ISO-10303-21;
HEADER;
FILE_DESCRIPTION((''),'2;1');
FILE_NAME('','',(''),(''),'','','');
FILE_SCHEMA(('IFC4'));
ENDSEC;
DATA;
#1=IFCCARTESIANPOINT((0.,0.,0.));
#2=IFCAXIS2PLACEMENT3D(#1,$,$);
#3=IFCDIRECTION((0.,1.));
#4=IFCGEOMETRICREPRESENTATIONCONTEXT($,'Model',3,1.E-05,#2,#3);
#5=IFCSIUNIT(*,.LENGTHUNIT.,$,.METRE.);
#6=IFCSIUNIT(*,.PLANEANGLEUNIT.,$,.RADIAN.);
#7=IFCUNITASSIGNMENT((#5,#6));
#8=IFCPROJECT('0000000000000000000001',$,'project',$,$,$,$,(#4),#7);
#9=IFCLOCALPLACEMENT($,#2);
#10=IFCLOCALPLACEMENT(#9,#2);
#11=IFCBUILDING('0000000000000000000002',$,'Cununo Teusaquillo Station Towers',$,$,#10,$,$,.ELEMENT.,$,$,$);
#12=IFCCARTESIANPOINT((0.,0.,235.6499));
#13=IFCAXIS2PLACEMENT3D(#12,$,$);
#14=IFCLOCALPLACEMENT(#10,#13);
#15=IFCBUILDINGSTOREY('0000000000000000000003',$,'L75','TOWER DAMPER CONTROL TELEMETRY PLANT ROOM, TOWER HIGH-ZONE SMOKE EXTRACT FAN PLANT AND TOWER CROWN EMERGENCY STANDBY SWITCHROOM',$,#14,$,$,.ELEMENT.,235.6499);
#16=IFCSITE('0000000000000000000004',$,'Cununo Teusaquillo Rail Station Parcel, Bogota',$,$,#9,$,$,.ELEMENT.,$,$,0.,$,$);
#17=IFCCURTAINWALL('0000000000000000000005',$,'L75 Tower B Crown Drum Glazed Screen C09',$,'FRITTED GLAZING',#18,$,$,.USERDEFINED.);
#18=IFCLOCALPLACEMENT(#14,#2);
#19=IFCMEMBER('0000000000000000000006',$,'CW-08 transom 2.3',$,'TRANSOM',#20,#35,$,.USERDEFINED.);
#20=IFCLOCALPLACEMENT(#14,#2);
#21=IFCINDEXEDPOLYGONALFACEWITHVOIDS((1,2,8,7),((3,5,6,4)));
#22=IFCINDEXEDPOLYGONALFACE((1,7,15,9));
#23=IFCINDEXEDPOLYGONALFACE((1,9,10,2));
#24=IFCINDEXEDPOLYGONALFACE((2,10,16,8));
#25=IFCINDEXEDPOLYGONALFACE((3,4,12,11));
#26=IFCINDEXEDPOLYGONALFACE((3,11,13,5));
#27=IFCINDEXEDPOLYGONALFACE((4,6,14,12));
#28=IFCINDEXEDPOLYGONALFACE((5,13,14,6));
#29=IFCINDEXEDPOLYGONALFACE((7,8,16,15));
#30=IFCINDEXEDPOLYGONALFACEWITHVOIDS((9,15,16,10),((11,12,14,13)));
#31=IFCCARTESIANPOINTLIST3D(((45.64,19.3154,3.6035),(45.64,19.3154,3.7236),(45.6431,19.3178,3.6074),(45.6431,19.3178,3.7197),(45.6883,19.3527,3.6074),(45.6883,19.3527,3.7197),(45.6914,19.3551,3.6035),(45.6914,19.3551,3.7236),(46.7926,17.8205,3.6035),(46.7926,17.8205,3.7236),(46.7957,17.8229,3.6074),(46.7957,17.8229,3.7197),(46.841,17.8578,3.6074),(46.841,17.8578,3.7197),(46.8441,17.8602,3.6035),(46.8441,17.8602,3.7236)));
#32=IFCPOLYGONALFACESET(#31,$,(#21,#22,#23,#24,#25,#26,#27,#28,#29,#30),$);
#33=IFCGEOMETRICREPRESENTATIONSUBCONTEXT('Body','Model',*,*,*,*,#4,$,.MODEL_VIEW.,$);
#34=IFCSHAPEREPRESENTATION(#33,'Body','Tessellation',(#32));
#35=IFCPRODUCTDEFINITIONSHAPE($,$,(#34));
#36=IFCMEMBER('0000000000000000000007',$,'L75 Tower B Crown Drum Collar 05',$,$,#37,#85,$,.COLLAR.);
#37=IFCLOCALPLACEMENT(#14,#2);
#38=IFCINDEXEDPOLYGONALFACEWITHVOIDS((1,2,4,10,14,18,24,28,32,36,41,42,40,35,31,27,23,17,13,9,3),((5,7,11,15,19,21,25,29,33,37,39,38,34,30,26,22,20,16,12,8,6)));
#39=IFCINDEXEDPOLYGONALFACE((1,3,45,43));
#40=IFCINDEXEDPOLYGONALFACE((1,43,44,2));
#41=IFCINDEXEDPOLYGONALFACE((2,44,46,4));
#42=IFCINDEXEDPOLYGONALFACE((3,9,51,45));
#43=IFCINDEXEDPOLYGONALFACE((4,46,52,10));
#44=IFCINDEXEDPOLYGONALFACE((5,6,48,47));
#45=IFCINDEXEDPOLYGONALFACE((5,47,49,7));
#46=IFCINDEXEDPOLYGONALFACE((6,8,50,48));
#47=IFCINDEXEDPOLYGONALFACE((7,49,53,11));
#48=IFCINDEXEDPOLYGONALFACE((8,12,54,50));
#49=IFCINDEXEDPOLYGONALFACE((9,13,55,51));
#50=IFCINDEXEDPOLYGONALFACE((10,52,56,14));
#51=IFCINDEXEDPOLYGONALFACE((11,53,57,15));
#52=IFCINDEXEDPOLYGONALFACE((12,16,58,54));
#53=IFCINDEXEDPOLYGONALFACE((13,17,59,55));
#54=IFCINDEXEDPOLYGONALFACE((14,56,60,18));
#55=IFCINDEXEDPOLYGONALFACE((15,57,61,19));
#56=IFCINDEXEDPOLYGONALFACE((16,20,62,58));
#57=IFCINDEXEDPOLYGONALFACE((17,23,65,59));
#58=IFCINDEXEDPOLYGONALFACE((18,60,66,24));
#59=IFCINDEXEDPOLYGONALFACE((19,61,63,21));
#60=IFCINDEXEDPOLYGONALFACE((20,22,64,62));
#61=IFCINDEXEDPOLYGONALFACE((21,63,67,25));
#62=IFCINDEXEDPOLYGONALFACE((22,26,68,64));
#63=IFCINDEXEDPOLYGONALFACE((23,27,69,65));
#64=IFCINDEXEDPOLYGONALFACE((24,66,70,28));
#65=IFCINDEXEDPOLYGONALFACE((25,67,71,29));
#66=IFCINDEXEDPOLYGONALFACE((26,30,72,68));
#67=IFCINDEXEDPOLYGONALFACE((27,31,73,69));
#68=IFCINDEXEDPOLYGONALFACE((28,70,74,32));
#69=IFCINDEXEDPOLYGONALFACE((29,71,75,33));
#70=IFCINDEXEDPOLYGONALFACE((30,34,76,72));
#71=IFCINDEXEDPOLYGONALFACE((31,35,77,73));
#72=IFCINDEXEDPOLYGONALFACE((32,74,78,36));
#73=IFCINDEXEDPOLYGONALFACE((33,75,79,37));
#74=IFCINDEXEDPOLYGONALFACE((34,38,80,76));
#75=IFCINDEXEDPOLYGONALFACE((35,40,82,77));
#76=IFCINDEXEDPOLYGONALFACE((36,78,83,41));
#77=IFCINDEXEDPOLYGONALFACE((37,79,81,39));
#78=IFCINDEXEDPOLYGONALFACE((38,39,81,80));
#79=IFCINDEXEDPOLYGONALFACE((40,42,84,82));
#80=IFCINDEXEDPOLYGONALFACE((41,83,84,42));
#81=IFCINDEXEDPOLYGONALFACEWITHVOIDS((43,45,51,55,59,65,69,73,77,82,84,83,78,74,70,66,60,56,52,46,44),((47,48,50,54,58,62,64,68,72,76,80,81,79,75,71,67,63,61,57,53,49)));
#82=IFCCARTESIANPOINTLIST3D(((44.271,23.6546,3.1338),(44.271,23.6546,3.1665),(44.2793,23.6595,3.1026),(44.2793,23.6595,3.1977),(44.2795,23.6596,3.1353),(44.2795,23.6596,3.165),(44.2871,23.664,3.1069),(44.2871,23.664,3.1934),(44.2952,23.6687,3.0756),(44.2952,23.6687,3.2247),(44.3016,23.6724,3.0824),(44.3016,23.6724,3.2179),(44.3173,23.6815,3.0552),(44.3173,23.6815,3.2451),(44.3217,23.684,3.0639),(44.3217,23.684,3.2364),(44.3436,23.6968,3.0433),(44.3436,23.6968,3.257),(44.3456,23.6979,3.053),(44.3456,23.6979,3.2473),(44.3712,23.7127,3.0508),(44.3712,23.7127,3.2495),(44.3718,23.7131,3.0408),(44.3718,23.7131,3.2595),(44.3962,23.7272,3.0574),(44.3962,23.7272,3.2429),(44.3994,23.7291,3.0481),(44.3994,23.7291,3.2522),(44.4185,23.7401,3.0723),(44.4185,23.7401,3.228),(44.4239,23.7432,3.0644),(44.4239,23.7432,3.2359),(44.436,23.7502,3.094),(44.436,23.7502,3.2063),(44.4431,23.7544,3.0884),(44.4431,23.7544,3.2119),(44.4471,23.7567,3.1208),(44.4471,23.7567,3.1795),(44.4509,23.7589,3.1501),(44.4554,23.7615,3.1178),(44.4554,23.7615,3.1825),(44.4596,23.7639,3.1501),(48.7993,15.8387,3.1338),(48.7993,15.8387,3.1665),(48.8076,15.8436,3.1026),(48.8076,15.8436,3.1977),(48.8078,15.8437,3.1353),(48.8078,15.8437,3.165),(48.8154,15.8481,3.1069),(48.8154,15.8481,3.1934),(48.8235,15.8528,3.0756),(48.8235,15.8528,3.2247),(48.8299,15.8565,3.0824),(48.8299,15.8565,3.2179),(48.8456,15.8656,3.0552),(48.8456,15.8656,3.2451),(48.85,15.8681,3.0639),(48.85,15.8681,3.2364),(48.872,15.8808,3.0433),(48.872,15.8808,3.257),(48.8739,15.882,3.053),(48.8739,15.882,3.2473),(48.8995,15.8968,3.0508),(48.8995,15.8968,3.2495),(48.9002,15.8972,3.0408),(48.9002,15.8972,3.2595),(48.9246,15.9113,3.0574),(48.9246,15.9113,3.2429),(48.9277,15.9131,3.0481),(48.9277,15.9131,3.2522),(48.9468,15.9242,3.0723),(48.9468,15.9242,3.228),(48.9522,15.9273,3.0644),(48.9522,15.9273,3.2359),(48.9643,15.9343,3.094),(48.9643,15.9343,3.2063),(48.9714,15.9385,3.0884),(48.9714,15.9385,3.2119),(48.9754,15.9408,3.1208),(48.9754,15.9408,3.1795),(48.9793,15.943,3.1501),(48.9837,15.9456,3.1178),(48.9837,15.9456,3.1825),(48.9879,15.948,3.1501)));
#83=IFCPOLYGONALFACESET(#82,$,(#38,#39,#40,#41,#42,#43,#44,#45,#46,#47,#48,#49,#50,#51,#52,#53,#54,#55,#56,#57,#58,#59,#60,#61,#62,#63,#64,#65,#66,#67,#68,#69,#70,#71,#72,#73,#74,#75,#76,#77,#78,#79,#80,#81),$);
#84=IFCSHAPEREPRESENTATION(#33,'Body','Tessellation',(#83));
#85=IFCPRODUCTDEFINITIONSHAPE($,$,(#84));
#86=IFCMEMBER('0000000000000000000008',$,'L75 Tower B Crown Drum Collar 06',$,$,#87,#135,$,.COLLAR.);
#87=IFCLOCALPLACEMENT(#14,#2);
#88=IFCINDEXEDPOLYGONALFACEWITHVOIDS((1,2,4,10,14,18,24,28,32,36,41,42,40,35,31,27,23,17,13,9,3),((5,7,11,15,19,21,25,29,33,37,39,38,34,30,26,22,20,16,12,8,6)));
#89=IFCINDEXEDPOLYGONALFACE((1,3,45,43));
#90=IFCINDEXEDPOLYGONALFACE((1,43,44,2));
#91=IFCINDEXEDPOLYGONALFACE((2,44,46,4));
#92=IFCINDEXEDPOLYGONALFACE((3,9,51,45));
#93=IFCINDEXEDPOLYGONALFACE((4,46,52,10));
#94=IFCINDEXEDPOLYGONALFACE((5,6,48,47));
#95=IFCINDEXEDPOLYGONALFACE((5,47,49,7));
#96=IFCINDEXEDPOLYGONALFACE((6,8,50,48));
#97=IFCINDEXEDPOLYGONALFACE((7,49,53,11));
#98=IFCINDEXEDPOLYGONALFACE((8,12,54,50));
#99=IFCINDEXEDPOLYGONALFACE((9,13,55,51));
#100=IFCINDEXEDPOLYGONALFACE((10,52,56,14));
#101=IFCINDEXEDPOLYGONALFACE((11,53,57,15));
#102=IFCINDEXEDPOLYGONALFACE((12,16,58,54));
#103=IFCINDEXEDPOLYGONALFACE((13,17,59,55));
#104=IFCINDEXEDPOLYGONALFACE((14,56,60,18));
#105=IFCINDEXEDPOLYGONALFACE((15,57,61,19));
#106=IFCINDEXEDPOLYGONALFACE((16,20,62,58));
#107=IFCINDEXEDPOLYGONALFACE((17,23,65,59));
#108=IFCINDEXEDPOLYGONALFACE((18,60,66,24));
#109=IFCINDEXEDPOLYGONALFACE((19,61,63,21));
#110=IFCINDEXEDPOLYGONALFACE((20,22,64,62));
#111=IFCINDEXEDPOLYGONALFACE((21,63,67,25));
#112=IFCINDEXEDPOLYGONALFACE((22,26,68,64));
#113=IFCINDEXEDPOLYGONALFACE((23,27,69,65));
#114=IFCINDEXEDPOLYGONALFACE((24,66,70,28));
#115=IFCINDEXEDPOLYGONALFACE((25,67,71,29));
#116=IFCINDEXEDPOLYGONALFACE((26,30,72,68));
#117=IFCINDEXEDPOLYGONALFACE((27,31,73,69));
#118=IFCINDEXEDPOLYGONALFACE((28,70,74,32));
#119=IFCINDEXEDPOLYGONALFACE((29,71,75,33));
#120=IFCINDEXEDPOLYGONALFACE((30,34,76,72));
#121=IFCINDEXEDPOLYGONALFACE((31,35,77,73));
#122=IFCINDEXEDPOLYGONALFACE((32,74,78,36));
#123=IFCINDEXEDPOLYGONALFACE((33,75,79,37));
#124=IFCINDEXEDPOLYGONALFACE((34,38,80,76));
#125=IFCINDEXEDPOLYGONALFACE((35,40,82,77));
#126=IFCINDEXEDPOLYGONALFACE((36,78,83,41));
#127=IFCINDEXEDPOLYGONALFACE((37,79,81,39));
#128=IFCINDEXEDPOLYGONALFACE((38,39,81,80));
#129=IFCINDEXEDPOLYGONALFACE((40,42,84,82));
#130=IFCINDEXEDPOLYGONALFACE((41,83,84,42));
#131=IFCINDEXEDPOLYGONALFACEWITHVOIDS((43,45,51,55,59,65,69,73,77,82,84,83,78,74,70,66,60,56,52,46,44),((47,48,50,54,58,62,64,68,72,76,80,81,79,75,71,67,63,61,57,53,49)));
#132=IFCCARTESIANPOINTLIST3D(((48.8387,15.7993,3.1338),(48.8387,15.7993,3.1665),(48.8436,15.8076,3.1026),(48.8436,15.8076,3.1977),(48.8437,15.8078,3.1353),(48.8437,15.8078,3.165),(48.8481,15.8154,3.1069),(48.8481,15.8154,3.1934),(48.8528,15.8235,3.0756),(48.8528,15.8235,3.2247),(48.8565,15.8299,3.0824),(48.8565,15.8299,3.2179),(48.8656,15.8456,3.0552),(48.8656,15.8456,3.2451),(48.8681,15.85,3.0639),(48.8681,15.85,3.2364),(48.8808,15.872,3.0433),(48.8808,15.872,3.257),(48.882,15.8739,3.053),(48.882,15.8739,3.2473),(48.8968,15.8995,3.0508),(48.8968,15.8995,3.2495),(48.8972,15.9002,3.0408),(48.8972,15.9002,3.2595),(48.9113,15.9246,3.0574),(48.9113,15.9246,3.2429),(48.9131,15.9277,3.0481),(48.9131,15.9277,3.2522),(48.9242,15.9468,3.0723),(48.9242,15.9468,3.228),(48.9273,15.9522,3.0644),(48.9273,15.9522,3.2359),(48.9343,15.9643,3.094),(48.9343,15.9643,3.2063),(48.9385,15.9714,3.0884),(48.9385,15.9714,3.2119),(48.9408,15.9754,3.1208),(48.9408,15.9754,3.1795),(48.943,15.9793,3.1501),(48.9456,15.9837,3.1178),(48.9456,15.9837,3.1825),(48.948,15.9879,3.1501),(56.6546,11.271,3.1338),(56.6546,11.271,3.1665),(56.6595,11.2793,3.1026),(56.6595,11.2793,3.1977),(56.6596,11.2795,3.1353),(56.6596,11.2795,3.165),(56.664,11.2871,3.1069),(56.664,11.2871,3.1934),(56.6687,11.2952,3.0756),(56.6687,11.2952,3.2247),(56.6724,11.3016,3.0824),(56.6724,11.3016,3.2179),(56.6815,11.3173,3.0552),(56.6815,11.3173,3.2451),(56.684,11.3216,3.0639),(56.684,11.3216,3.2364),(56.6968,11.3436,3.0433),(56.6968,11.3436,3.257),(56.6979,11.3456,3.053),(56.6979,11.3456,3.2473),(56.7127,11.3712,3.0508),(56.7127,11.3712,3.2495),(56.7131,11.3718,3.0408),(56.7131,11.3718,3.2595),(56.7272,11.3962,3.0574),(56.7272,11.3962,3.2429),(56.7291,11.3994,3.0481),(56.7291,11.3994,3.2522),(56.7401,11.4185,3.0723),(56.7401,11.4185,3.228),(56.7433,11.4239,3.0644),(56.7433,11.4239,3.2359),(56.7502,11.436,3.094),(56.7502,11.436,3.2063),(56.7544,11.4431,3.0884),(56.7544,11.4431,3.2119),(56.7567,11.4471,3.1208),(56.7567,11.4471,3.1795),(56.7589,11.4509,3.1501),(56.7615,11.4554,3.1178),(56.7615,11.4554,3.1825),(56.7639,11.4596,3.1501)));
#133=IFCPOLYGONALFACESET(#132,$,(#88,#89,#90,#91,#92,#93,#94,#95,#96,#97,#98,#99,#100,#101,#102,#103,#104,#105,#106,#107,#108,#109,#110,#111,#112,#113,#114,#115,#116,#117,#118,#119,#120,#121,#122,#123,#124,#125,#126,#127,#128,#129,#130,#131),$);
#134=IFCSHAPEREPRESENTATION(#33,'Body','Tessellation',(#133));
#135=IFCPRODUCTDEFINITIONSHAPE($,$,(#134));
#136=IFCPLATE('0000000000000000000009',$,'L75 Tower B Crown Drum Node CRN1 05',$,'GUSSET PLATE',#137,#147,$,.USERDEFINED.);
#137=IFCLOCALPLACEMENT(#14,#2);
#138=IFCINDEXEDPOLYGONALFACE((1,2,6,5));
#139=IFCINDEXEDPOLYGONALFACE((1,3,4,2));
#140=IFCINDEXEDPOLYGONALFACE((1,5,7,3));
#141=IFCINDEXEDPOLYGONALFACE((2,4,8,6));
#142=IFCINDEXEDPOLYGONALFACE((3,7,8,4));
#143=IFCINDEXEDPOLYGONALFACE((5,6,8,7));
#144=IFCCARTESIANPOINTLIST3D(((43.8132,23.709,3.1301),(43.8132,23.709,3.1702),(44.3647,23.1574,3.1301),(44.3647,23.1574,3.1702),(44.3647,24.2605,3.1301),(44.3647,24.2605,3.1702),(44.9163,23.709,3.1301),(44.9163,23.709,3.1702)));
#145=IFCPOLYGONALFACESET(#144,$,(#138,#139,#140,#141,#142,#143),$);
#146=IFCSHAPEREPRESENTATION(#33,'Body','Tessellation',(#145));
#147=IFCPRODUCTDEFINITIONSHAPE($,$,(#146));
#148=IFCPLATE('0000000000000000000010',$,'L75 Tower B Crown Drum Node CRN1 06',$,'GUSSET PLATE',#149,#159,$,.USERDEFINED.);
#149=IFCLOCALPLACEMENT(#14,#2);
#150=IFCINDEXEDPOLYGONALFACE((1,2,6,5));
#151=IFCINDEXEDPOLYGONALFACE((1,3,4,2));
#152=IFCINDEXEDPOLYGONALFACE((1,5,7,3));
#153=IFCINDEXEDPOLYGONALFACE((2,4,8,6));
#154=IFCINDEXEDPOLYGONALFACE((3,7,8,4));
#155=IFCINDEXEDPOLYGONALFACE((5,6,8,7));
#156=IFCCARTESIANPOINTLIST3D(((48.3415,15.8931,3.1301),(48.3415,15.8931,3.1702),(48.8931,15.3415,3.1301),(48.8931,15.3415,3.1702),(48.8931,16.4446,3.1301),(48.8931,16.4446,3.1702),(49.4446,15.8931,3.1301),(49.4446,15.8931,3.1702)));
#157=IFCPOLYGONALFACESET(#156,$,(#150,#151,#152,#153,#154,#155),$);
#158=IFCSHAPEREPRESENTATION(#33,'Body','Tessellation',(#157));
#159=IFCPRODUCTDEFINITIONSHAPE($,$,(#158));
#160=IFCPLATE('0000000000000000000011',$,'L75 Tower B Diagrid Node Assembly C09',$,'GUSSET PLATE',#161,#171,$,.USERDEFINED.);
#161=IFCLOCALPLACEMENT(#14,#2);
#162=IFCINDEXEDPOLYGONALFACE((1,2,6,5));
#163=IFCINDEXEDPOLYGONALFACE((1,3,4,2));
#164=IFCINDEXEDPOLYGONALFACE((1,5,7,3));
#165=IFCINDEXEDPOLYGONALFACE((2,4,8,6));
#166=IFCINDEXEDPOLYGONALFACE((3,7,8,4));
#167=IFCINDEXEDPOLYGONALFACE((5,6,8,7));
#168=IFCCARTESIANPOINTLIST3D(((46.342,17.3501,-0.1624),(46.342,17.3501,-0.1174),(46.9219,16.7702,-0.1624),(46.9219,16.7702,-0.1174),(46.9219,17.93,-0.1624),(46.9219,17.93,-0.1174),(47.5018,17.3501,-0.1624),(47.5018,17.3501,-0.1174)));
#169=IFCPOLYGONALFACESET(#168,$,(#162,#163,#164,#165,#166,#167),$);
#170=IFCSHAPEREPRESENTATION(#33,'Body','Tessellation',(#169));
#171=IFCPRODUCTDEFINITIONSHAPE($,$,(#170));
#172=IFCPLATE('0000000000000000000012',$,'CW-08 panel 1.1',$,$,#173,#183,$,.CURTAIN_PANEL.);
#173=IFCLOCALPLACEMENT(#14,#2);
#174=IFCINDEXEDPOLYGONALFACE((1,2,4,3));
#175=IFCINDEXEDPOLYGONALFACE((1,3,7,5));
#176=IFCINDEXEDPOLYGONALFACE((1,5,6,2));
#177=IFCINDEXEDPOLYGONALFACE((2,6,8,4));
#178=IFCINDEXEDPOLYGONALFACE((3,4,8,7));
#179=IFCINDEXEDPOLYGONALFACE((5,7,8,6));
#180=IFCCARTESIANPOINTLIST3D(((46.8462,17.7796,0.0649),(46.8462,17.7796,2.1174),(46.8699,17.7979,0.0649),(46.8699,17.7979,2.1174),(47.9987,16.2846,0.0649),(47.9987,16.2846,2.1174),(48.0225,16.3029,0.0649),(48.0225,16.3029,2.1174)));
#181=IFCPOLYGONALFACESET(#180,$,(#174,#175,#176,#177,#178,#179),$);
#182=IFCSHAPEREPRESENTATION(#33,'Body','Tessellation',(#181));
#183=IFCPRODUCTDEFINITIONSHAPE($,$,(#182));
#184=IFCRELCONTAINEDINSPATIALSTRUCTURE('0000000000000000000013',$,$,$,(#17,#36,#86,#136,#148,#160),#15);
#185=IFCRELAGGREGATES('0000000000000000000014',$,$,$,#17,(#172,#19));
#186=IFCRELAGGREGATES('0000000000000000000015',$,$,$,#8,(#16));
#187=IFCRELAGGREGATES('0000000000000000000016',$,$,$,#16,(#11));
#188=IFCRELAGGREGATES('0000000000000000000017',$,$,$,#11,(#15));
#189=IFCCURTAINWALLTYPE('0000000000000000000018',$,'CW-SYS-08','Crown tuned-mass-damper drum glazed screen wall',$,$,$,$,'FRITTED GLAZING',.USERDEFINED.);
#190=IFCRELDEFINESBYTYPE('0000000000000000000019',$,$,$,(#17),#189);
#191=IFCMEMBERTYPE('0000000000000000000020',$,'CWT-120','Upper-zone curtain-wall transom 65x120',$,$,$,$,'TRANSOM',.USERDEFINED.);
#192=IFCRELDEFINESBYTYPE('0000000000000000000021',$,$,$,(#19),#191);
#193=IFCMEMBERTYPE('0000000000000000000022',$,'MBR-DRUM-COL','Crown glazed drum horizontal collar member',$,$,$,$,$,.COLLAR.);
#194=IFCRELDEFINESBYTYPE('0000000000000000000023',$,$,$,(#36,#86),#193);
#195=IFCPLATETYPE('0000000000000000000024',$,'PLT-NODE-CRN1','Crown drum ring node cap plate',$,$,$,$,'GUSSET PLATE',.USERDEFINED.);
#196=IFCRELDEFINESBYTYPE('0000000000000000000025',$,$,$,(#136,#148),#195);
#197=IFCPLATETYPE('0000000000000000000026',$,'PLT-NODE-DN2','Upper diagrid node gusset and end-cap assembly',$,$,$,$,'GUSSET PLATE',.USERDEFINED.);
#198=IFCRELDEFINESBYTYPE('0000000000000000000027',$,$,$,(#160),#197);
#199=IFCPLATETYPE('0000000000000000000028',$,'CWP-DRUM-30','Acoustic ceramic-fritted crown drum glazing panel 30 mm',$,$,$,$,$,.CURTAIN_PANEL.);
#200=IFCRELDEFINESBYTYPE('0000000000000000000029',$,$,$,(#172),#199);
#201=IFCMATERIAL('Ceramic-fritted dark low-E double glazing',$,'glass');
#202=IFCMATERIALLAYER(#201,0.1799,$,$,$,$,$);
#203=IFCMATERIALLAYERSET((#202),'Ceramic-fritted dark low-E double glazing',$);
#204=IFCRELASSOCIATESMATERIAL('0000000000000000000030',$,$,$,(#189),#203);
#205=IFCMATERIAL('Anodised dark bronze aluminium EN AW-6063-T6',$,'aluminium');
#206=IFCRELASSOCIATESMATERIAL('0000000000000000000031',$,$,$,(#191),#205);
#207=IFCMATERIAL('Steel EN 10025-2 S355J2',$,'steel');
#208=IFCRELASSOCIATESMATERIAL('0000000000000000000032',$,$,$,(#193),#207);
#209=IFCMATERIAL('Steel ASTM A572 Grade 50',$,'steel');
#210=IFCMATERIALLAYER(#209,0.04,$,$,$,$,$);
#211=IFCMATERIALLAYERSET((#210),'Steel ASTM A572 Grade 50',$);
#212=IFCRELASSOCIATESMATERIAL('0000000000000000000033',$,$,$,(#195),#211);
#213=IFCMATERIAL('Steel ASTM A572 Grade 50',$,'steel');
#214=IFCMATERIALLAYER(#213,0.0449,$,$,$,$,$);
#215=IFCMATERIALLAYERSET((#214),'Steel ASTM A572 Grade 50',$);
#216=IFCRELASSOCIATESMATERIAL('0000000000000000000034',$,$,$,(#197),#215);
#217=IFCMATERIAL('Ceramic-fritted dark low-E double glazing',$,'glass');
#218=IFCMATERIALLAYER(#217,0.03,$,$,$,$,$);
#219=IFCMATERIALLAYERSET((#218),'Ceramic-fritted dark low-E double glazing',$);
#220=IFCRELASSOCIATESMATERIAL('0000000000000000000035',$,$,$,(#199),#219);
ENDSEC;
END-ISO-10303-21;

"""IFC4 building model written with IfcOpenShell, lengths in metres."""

from ifc_helpers import new_model, si_unit, direction, frame, origin, origin_2d, place, context, subcontext, project, spatial, rectangle, hollow_rectangle, hollow_circle, extrude, source, transform, mapped, material, layer, layer_set, material_profile, profile_set, type_object, element, aggregate, save


model = new_model("IFC4")

# Units and contexts
model_context = context("Model", 3, precision=1e-05, world=origin(), true_north=direction((0.0, 1.0)))
body_context = subcontext(model_context, "Body", "Model", "MODEL_VIEW")
ifc_project = project(units=[si_unit("LENGTHUNIT", "METRE"), si_unit("PLANEANGLEUNIT", "RADIAN")], contexts=[model_context])

# Site, building, storey
site_placement = place(None, origin())
site = spatial("IfcSite", under=ifc_project, at=site_placement, Name="Cununo Teusaquillo Rail Station Parcel, Bogota", CompositionType="ELEMENT", RefElevation=0.0)
building_placement = place(site_placement, origin())
building = spatial("IfcBuilding", under=site, at=building_placement, Name="Cununo Teusaquillo Station Towers", CompositionType="ELEMENT")
storey_placement = place(building_placement, frame((0.0, 0.0, 235.6499)))
storey = spatial("IfcBuildingStorey", under=building, at=storey_placement, Name="L75", Description="TOWER DAMPER CONTROL TELEMETRY PLANT ROOM, TOWER HIGH-ZONE SMOKE EXTRACT FAN PLANT AND TOWER CROWN EMERGENCY STANDBY SWITCHROOM", CompositionType="ELEMENT", Elevation=235.6499)

# Curtain wall, member
ifc_material_1 = material(Name="Ceramic-fritted dark low-E double glazing", Category="glass")
ifc_layer_1 = layer(ifc_material_1, 0.1799)
ifc_layer_set_1 = layer_set([ifc_layer_1], Name="Ceramic-fritted dark low-E double glazing")
curtain_wall_type = type_object("IfcCurtainWallType", Name="CW-SYS-08", Description="Crown tuned-mass-damper drum glazed screen wall", ElementType="FRITTED GLAZING", PredefinedType="USERDEFINED", material=ifc_layer_set_1)
curtain_wall_placement = place(storey_placement, origin())
curtain_wall = element("IfcCurtainWall", 1, at=curtain_wall_placement, inside=storey, type_object=curtain_wall_type, Name="L75 Tower B Crown Drum Glazed Screen C09", ObjectType="FRITTED GLAZING", PredefinedType="USERDEFINED")
ifc_material_2 = material(Name="Anodised dark bronze aluminium EN AW-6063-T6", Category="aluminium")
ifc_material_profile_1 = material_profile(ifc_material_2, hollow_rectangle(XDim=0.0649, YDim=0.1201, WallThickness=0.0039, at=origin_2d()), Name="CW-TRAN-65x120")
ifc_profile_set_1 = profile_set([ifc_material_profile_1], Name="Anodised dark bronze aluminium EN AW-6063-T6")
member_type_1 = type_object("IfcMemberType", Name="CWT-120", Description="Upper-zone curtain-wall transom 65x120", ElementType="TRANSOM", PredefinedType="USERDEFINED", material=ifc_profile_set_1)
member_1_placement = place(storey_placement, frame((46.8184, 17.8403, 3.6636), z_axis=(-0.610604, 0.791936, 0.0), x_axis=(-0.791936, -0.610604, 0.0)))
member_1 = element("IfcMember", 2, at=member_1_placement, type_object=member_type_1, Name="CW-08 transom 2.3", ObjectType="TRANSOM", PredefinedType="USERDEFINED", context=body_context, shape_type="SweptSolid", body=[
    extrude(hollow_rectangle(XDim=0.0649, YDim=0.1201, WallThickness=0.0039, at=origin_2d()), origin(), (0.0, 0.0, 1.0), 1.8877),
])

# Members
ifc_material_3 = material(Name="Steel EN 10025-2 S355J2", Category="steel")
ifc_material_profile_2 = material_profile(ifc_material_3, hollow_circle(Radius=0.1096, WallThickness=0.01, at=origin_2d()), Name="CHS 219x10")
ifc_profile_set_2 = profile_set([ifc_material_profile_2], Name="Steel EN 10025-2 S355J2")
member_type_2 = type_object("IfcMemberType", Name="MBR-DRUM-COL", Description="Crown glazed drum horizontal collar member", PredefinedType="COLLAR", material=ifc_profile_set_2)
for number, where, z_axis, x_axis, name in (
    (3, (44.3647, 23.709, 3.1501), (0.501311, -0.865267, 0.0), (0.865267, 0.501311, 0.0), "L75 Tower B Crown Drum Collar 05"),
    (4, (48.8931, 15.8931, 3.1501), (0.865267, -0.501311, 0.0), (0.501311, 0.865267, 0.0), "L75 Tower B Crown Drum Collar 06"),
):
    element("IfcMember", number, at=place(storey_placement, frame(where, z_axis=z_axis, x_axis=x_axis)), inside=storey, type_object=member_type_2, Name=name, PredefinedType="COLLAR", context=body_context, shape_type="SweptSolid", body=[
        extrude(hollow_circle(Radius=0.1096, WallThickness=0.01, at=origin_2d()), origin(), (0.0, 0.0, 1.0), 9.033),
    ])

# Plates
ifc_material_4 = material(Name="Steel ASTM A572 Grade 50", Category="steel")
ifc_layer_2 = layer(ifc_material_4, 0.04)
ifc_layer_set_2 = layer_set([ifc_layer_2], Name="Steel ASTM A572 Grade 50")
plate_type_1 = type_object("IfcPlateType", Name="PLT-NODE-CRN1", Description="Crown drum ring node cap plate", ElementType="GUSSET PLATE", PredefinedType="USERDEFINED", material=ifc_layer_set_2)
shared_shape_1 = source(origin(), body_context, "Body", "SweptSolid", [
    extrude(rectangle(XDim=0.78, YDim=0.78, at=origin_2d()), origin(), (0.0, 0.0, 1.0), 0.04),
])
for number, where, z_axis, x_axis, name in (
    (5, (44.3647, 23.709, 3.1301), (0.0, 0.0, 1.0), (0.707107, 0.707107, 0.0), "L75 Tower B Crown Drum Node CRN1 05"),
    (6, (48.8931, 15.8931, 3.1301), (0.0, 0.0, 1.0), (0.707107, 0.707107, 0.0), "L75 Tower B Crown Drum Node CRN1 06"),
):
    element("IfcPlate", number, at=place(storey_placement, frame(where, z_axis=z_axis, x_axis=x_axis)), inside=storey, type_object=plate_type_1, Name=name, ObjectType="GUSSET PLATE", PredefinedType="USERDEFINED", context=body_context, shape_type="MappedRepresentation", body=[
        mapped(shared_shape_1, transform((0.0, 0.0, 0.0), x_axis=(1.0, 0.0, 0.0), y_axis=(0.0, 1.0, 0.0), z_axis=(0.0, 0.0, 1.0), scale=1.0)),
    ])
ifc_material_5 = material(Name="Steel ASTM A572 Grade 50", Category="steel")
ifc_layer_3 = layer(ifc_material_5, 0.0449)
ifc_layer_set_3 = layer_set([ifc_layer_3], Name="Steel ASTM A572 Grade 50")
plate_type_2 = type_object("IfcPlateType", Name="PLT-NODE-DN2", Description="Upper diagrid node gusset and end-cap assembly", ElementType="GUSSET PLATE", PredefinedType="USERDEFINED", material=ifc_layer_set_3)
shared_shape_2 = source(origin(), body_context, "Body", "SweptSolid", [
    extrude(rectangle(XDim=0.8201, YDim=0.8201, at=origin_2d()), origin(), (0.0, 0.0, 1.0), 0.0449),
])
plate_1_placement = place(storey_placement, frame((46.9219, 17.3501, -0.1624), z_axis=(0.0, 0.0, 1.0), x_axis=(0.707107, 0.707107, 0.0)))
element("IfcPlate", 7, at=plate_1_placement, inside=storey, type_object=plate_type_2, Name="L75 Tower B Diagrid Node Assembly C09", ObjectType="GUSSET PLATE", PredefinedType="USERDEFINED", context=body_context, shape_type="MappedRepresentation", body=[
    mapped(shared_shape_2, transform((0.0, 0.0, 0.0), x_axis=(1.0, 0.0, 0.0), y_axis=(0.0, 1.0, 0.0), z_axis=(0.0, 0.0, 1.0), scale=1.0)),
])

# Plate
ifc_material_6 = material(Name="Ceramic-fritted dark low-E double glazing", Category="glass")
ifc_layer_4 = layer(ifc_material_6, 0.03)
ifc_layer_set_4 = layer_set([ifc_layer_4], Name="Ceramic-fritted dark low-E double glazing")
plate_type_3 = type_object("IfcPlateType", Name="CWP-DRUM-30", Description="Acoustic ceramic-fritted crown drum glazing panel 30 mm", PredefinedType="CURTAIN_PANEL", material=ifc_layer_set_4)
shared_shape_3 = source(origin(), body_context, "Body", "SweptSolid", [
    extrude(rectangle(XDim=1.8877, YDim=0.03, at=origin_2d()), origin(), (0.0, 0.0, 1.0), 2.0525),
])
plate_2_placement = place(storey_placement, frame((47.4343, 17.0413, 0.0649), z_axis=(0.0, 0.0, 1.0), x_axis=(-0.610566, 0.791965, 0.0)))
plate_2 = element("IfcPlate", 8, at=plate_2_placement, type_object=plate_type_3, Name="CW-08 panel 1.1", PredefinedType="CURTAIN_PANEL", context=body_context, shape_type="MappedRepresentation", body=[
    mapped(shared_shape_3, transform((0.0, 0.0, 0.0), x_axis=(1.0, 0.0, 0.0), y_axis=(0.0, 1.0, 0.0), z_axis=(0.0, 0.0, 1.0), scale=1.0)),
])
aggregate(curtain_wall, [plate_2, member_1])

save(model, "model.ifc")
